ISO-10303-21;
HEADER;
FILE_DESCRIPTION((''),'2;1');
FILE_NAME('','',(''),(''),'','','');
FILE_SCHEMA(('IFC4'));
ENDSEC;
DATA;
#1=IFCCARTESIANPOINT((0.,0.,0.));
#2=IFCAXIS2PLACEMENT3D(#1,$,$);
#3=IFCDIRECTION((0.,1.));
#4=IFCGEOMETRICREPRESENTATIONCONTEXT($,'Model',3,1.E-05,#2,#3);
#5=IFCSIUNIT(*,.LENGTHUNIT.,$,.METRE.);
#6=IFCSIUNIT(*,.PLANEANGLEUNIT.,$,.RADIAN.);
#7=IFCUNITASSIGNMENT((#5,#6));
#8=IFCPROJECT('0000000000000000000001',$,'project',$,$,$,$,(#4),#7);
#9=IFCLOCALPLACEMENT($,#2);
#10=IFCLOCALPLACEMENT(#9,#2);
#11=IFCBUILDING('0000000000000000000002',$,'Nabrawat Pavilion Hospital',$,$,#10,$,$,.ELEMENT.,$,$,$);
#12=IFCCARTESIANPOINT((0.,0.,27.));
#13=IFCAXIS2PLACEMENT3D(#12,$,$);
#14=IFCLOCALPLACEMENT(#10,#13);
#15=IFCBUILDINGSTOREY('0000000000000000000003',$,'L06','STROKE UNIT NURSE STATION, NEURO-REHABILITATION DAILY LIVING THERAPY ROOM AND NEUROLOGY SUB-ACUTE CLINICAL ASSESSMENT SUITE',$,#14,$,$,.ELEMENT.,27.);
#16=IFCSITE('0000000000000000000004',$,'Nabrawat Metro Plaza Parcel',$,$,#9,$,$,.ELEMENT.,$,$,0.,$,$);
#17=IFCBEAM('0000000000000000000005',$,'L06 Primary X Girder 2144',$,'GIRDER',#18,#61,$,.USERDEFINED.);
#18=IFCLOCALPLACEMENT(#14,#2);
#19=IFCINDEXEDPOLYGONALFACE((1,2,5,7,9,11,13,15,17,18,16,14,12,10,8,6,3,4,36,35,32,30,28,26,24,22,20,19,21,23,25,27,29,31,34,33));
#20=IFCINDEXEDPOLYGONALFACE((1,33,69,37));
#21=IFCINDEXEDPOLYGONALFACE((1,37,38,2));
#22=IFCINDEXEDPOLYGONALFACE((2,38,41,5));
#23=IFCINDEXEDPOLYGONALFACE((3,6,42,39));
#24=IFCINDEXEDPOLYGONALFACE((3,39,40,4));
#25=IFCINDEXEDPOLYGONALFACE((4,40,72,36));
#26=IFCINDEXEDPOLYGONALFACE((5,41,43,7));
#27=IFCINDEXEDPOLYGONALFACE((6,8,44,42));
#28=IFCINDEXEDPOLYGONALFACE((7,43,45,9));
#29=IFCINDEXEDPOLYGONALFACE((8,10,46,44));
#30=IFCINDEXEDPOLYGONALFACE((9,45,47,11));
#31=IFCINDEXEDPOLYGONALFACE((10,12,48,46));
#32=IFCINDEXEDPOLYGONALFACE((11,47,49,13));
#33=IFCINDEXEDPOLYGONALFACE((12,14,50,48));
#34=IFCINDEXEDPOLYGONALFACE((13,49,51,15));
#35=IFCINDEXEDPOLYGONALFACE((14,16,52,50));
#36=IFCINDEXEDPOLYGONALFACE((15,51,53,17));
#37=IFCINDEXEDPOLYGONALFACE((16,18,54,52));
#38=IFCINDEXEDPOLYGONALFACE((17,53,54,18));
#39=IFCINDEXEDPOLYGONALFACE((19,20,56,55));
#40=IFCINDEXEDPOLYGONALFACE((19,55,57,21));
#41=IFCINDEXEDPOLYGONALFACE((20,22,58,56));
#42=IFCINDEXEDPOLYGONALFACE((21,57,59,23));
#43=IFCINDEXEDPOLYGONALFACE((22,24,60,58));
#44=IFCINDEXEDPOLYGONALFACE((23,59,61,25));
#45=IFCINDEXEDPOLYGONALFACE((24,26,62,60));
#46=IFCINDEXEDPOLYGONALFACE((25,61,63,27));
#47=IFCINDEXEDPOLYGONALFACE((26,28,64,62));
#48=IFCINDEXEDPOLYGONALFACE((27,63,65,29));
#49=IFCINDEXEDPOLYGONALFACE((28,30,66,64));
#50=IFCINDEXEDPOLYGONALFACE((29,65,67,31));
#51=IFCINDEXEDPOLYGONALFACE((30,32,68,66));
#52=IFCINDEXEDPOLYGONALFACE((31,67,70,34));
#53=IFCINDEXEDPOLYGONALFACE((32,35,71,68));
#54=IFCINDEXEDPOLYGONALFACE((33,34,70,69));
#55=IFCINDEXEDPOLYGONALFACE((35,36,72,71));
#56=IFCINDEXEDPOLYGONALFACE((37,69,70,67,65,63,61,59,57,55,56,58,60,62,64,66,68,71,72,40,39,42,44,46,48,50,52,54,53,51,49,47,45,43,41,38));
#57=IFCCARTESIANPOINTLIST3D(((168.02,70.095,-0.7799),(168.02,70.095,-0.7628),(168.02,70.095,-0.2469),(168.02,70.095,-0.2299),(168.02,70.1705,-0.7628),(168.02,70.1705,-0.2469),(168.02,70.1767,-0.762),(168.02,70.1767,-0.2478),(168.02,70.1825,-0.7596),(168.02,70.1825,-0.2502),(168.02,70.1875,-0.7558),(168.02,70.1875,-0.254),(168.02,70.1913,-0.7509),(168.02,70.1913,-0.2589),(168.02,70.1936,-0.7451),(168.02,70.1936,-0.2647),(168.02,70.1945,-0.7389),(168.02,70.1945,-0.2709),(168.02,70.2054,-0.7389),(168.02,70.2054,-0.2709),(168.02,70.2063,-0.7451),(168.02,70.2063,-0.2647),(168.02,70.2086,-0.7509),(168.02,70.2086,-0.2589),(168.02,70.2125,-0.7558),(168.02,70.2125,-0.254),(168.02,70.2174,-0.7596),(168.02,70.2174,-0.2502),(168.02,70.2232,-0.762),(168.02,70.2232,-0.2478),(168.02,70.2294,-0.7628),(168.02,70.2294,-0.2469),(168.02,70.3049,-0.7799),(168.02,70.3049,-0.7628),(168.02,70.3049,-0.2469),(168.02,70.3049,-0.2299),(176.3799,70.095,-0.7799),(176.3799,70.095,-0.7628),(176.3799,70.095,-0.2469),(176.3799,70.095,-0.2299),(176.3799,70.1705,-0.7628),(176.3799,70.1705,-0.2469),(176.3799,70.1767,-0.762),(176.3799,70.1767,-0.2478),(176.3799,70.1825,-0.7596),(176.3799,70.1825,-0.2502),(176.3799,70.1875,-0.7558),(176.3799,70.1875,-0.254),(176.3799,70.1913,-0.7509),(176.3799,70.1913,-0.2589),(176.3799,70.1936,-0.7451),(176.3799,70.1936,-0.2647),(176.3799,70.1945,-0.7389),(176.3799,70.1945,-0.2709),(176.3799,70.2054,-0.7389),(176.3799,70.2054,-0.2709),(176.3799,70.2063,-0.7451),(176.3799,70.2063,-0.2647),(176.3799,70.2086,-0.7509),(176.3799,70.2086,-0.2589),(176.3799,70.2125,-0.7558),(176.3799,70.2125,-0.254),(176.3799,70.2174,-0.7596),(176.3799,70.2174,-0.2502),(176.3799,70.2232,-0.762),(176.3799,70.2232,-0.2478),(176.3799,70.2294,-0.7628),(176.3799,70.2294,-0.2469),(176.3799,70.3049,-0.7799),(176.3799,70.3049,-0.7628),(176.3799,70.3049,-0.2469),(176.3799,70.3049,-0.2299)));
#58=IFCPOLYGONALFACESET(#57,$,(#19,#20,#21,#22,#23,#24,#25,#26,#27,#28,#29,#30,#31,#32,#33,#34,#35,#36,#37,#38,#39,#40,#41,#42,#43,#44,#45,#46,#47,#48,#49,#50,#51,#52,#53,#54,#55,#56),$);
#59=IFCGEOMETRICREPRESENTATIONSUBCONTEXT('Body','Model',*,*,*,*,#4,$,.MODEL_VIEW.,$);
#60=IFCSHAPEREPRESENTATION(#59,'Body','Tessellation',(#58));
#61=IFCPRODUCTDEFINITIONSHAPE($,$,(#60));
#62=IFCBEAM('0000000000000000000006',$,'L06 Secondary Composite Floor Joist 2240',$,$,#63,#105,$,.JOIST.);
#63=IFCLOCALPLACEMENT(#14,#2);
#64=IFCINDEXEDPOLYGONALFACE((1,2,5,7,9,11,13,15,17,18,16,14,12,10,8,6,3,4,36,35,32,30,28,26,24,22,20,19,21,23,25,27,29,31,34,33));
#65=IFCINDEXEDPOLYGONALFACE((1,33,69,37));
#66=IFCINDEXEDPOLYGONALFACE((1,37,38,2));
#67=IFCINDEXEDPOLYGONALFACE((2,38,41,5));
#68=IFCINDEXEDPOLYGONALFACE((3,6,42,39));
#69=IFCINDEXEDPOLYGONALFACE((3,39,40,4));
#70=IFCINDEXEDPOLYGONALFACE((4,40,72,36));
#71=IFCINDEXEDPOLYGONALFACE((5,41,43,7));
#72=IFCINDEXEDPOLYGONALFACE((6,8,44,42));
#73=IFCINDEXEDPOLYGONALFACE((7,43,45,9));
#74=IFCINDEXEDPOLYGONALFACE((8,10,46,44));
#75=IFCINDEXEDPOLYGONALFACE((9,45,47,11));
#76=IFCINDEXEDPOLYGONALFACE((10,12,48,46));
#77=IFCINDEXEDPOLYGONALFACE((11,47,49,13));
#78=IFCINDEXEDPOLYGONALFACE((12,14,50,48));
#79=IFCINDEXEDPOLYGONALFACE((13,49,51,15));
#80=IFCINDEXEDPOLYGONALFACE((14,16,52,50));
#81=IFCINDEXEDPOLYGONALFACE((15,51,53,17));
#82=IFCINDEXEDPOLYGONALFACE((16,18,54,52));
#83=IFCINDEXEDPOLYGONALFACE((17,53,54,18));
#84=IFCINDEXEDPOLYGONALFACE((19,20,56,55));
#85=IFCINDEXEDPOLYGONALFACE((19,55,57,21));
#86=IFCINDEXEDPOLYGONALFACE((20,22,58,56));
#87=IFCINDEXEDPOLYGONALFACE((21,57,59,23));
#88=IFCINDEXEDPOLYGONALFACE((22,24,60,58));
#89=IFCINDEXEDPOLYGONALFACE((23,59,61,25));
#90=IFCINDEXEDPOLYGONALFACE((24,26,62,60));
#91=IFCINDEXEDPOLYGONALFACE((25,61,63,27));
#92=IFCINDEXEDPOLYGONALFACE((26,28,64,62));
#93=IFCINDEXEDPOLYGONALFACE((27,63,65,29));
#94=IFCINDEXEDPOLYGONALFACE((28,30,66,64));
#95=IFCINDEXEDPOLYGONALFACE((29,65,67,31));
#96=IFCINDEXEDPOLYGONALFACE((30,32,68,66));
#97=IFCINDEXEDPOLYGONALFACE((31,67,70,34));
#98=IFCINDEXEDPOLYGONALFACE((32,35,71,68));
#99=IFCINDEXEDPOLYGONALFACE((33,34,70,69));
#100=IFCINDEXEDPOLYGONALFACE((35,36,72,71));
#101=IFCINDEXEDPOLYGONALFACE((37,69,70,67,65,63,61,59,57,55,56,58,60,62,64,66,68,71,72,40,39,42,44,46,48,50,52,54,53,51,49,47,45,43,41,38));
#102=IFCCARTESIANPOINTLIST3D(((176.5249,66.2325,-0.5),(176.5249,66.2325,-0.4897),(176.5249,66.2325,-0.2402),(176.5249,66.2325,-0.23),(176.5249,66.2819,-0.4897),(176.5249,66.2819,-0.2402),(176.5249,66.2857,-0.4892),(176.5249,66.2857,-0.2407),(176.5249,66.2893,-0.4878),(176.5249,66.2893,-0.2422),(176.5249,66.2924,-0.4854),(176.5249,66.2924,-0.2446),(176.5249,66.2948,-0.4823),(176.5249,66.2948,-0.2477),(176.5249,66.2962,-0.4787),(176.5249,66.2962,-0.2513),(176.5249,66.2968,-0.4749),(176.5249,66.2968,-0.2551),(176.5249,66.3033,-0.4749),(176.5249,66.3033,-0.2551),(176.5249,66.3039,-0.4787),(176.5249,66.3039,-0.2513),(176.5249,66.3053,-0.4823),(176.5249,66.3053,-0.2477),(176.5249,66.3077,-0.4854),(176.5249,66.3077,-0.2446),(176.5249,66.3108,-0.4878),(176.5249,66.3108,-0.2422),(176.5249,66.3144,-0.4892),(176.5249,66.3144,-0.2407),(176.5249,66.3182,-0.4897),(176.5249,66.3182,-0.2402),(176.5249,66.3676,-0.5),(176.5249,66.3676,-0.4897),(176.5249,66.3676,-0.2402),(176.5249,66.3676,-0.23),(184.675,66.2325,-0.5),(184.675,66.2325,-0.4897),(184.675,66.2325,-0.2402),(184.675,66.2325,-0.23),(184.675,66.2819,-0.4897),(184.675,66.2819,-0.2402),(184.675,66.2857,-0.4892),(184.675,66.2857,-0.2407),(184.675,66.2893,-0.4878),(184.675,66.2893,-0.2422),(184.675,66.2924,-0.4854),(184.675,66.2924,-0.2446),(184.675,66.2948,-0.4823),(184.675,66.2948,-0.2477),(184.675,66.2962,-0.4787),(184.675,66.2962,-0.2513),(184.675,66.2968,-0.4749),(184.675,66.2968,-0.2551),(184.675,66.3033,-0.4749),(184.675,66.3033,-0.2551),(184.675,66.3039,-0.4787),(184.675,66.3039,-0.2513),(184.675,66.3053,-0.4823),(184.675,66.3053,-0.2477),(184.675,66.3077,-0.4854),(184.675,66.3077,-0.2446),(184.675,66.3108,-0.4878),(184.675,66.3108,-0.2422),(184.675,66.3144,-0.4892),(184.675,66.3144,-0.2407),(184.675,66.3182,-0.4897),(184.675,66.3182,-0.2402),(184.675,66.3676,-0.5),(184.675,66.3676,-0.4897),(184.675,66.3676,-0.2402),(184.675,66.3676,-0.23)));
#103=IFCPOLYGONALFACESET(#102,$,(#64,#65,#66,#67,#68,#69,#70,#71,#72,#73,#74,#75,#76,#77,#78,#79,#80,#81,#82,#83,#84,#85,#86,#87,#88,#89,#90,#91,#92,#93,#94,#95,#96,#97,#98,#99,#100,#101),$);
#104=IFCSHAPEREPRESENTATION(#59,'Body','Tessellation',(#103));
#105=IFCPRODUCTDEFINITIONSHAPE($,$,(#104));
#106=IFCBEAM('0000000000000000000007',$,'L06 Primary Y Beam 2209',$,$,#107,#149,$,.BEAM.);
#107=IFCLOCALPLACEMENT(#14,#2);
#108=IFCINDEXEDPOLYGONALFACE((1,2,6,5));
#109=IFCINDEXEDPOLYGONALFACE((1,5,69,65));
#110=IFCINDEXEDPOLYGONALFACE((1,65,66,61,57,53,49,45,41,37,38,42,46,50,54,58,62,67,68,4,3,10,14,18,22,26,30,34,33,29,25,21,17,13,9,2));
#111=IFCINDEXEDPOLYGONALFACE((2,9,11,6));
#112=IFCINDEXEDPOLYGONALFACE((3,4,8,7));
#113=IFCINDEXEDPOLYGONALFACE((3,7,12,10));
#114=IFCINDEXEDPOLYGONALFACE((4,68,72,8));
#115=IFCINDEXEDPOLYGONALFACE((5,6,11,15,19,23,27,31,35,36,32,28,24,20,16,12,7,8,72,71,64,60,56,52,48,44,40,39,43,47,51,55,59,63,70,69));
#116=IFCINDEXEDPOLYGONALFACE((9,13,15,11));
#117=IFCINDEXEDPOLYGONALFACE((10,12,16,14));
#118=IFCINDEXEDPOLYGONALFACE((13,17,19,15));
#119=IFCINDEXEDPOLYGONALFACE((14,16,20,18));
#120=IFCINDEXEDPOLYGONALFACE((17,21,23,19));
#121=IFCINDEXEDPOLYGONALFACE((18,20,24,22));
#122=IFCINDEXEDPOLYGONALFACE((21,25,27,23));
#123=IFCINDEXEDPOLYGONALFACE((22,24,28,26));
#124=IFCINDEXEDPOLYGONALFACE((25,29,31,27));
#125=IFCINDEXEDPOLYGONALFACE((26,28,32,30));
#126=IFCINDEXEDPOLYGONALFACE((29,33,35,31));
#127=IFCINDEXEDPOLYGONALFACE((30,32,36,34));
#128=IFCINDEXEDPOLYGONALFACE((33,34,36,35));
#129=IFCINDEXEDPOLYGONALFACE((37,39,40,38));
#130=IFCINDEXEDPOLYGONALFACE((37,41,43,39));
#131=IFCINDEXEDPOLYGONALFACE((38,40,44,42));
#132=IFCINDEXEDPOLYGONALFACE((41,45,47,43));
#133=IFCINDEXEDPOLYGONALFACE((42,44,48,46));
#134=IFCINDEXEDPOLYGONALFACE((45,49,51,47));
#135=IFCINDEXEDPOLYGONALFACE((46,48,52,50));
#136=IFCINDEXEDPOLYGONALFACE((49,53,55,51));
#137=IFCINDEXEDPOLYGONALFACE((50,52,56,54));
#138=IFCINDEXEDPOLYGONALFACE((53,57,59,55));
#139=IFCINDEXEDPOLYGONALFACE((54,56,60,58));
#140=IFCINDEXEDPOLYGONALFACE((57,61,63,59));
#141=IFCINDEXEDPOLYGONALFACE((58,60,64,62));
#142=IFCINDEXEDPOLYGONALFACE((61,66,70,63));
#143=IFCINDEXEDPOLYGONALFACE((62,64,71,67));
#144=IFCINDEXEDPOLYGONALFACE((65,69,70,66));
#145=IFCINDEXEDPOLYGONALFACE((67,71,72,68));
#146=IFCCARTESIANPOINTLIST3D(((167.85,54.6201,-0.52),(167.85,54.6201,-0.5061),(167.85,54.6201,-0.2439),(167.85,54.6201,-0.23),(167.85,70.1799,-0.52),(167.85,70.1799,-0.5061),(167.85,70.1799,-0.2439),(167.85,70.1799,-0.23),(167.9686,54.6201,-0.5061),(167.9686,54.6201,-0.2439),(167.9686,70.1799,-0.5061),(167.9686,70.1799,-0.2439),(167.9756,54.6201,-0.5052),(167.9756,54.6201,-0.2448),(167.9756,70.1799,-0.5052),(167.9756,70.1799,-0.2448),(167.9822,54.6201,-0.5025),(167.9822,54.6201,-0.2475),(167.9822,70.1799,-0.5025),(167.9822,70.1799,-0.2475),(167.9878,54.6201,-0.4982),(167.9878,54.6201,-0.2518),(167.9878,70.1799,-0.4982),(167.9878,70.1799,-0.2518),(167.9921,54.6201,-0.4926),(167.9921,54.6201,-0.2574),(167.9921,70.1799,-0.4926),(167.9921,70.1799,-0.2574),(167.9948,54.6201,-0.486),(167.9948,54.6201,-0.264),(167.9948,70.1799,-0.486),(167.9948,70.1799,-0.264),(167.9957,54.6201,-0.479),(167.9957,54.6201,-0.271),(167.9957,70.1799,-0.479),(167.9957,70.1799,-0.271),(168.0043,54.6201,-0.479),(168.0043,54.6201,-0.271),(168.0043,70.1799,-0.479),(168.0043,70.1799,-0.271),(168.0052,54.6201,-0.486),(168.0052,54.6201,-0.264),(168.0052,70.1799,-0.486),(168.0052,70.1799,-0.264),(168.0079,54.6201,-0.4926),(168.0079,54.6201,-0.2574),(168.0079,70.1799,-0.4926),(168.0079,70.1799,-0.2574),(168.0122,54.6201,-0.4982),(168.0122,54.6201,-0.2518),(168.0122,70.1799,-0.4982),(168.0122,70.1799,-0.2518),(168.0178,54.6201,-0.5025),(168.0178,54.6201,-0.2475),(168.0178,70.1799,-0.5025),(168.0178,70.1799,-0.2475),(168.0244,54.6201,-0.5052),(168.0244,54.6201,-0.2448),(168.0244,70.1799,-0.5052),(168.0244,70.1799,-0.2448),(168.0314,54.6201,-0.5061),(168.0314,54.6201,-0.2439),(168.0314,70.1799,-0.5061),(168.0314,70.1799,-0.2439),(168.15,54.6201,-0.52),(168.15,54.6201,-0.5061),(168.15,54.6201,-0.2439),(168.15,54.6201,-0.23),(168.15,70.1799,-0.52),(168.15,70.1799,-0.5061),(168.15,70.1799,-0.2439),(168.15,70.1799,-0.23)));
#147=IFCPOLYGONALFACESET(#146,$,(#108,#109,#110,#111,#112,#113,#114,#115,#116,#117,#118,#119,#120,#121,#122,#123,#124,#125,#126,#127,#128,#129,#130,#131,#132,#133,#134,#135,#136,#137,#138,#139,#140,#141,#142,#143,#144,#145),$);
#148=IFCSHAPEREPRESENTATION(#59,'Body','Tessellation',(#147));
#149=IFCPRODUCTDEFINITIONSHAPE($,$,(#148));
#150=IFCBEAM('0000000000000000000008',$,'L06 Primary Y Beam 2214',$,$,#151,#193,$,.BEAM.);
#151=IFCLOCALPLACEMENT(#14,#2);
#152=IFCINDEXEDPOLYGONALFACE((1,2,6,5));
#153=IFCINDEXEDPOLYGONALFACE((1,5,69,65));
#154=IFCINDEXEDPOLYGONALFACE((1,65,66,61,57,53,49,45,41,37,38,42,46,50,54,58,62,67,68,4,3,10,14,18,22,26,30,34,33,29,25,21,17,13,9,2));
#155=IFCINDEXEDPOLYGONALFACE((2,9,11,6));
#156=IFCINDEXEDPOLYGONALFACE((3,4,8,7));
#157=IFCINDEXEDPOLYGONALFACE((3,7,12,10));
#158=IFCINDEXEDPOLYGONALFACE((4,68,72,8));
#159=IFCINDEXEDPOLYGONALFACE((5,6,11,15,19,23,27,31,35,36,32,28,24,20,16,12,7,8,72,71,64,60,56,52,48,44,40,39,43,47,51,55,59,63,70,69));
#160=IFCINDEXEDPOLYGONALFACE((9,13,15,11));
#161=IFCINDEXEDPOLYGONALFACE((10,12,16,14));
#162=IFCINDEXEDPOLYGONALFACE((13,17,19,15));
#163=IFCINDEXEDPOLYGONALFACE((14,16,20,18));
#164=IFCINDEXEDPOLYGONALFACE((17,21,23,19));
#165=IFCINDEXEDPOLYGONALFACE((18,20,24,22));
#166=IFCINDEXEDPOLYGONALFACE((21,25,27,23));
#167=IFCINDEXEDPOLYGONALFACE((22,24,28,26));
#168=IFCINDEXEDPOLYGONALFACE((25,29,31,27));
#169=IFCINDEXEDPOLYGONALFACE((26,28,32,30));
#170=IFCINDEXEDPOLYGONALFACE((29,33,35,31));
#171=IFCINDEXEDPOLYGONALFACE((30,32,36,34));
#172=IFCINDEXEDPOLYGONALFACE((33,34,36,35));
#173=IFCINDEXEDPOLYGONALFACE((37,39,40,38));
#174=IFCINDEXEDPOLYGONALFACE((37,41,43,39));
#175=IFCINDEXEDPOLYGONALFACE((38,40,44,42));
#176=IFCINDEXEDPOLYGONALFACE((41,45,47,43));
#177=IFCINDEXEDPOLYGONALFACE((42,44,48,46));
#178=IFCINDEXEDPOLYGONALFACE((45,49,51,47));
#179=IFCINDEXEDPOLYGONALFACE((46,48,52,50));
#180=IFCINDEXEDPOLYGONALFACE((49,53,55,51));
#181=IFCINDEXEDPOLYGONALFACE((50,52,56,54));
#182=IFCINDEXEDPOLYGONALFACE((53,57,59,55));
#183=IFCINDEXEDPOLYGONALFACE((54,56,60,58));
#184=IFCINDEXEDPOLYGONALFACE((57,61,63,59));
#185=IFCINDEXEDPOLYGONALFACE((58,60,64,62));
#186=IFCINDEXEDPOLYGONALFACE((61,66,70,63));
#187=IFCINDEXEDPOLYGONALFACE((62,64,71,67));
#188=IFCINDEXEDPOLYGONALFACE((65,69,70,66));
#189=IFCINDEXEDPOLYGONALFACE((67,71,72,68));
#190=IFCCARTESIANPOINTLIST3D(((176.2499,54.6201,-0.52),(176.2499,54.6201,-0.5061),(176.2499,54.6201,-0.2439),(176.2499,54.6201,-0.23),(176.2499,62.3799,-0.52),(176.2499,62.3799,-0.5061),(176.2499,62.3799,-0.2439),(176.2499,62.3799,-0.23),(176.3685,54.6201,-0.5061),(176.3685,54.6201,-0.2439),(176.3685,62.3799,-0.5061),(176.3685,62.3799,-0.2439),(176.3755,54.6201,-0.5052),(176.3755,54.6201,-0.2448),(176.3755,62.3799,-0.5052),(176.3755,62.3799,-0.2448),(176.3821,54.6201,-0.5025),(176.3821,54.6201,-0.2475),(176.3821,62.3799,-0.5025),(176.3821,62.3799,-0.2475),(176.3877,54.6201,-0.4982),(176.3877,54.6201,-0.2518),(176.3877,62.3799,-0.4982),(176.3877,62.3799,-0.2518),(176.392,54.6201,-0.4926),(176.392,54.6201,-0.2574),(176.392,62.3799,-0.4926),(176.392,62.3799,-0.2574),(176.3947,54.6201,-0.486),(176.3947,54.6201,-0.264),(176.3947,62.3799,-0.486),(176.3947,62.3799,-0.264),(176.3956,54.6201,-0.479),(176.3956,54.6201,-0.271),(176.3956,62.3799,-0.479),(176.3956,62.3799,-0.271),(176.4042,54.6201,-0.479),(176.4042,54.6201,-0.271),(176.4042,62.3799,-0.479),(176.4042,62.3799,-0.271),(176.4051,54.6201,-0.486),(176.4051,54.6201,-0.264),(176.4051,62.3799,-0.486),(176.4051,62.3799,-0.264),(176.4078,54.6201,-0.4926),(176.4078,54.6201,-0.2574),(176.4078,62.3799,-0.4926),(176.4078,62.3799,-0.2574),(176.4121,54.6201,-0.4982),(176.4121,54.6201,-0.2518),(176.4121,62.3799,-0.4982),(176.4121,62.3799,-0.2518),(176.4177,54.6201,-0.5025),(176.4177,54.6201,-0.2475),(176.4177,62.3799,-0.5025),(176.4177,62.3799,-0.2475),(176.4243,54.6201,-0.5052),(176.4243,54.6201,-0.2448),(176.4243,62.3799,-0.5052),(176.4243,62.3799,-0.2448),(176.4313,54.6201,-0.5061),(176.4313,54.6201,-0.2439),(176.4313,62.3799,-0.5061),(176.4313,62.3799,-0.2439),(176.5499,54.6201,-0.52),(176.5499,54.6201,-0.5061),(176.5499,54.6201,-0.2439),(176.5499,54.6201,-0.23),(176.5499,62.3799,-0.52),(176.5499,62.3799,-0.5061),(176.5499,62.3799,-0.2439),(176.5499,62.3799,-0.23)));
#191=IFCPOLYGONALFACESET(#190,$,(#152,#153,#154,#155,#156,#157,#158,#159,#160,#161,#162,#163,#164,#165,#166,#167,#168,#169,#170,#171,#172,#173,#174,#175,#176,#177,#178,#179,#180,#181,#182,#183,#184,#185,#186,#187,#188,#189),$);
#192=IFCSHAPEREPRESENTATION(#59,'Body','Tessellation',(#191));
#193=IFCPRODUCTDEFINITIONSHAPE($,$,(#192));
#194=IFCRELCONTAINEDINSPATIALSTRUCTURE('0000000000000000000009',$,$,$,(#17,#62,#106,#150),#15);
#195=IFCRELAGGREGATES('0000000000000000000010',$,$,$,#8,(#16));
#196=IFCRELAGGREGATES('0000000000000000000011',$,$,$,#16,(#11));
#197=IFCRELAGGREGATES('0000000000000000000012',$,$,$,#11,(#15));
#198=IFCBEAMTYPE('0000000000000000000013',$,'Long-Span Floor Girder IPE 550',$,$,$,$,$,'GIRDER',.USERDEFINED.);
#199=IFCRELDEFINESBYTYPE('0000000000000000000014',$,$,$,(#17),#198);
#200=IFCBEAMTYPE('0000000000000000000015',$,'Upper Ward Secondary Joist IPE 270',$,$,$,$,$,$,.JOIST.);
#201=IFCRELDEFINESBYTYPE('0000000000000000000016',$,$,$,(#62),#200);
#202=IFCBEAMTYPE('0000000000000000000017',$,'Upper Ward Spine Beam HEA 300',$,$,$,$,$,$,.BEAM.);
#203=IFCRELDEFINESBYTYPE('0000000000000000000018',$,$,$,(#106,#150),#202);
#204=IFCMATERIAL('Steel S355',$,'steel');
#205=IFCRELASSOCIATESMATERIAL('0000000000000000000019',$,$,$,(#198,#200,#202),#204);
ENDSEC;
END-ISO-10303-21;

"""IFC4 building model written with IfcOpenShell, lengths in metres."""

from ifc_helpers import new_model, si_unit, direction, frame, origin, origin_2d, place, context, subcontext, project, spatial, i_section, extrude, material, material_profile, profile_set, type_object, element, save


model = new_model("IFC4")

# Units and contexts
model_context = context("Model", 3, precision=1e-05, world=origin(), true_north=direction((0.0, 1.0)))
body_context = subcontext(model_context, "Body", "Model", "MODEL_VIEW")
ifc_project = project(units=[si_unit("LENGTHUNIT", "METRE"), si_unit("PLANEANGLEUNIT", "RADIAN")], contexts=[model_context])

# Site, building, storey
site_placement = place(None, origin())
site = spatial("IfcSite", under=ifc_project, at=site_placement, Name="Nabrawat Metro Plaza Parcel", CompositionType="ELEMENT", RefElevation=0.0)
building_placement = place(site_placement, origin())
building = spatial("IfcBuilding", under=site, at=building_placement, Name="Nabrawat Pavilion Hospital", CompositionType="ELEMENT")
storey_placement = place(building_placement, frame((0.0, 0.0, 27.0)))
storey = spatial("IfcBuildingStorey", under=building, at=storey_placement, Name="L06", Description="STROKE UNIT NURSE STATION, NEURO-REHABILITATION DAILY LIVING THERAPY ROOM AND NEUROLOGY SUB-ACUTE CLINICAL ASSESSMENT SUITE", CompositionType="ELEMENT", Elevation=27.0)

# Shared definitions
ifc_material_1 = material(Name="Steel S355", Category="steel")

# Beams
ifc_material_profile_1 = material_profile(ifc_material_1, i_section(OverallWidth=0.21, OverallDepth=0.55, WebThickness=0.011, FlangeThickness=0.0171, FilletRadius=0.0239, at=origin_2d()), Name="IPE 550")
ifc_profile_set_1 = profile_set([ifc_material_profile_1], Name="Steel S355")
beam_type_1 = type_object("IfcBeamType", Name="Long-Span Floor Girder IPE 550", ElementType="GIRDER", PredefinedType="USERDEFINED", material=ifc_profile_set_1)
beam_1_placement = place(storey_placement, frame((168.02, 70.2, -0.5049), z_axis=(1.0, 0.0, 0.0), x_axis=(0.0, 1.0, 0.0)))
element("IfcBeam", 1, at=beam_1_placement, inside=storey, type_object=beam_type_1, Name="L06 Primary X Girder 2144", ObjectType="GIRDER", PredefinedType="USERDEFINED", context=body_context, shape_type="SweptSolid", body=[
    extrude(i_section(OverallWidth=0.21, OverallDepth=0.55, WebThickness=0.011, FlangeThickness=0.0171, FilletRadius=0.0239, at=origin_2d()), origin(), (0.0, 0.0, 1.0), 8.3599),
])
ifc_material_profile_2 = material_profile(ifc_material_1, i_section(OverallWidth=0.135, OverallDepth=0.27, WebThickness=0.0066, FlangeThickness=0.0103, FilletRadius=0.0149, at=origin_2d()), Name="IPE 270")
ifc_profile_set_2 = profile_set([ifc_material_profile_2], Name="Steel S355")
beam_type_2 = type_object("IfcBeamType", Name="Upper Ward Secondary Joist IPE 270", PredefinedType="JOIST", material=ifc_profile_set_2)
beam_2_placement = place(storey_placement, frame((176.5249, 66.3, -0.365), z_axis=(1.0, 0.0, 0.0), x_axis=(0.0, 1.0, 0.0)))
element("IfcBeam", 2, at=beam_2_placement, inside=storey, type_object=beam_type_2, Name="L06 Secondary Composite Floor Joist 2240", PredefinedType="JOIST", context=body_context, shape_type="SweptSolid", body=[
    extrude(i_section(OverallWidth=0.135, OverallDepth=0.27, WebThickness=0.0066, FlangeThickness=0.0103, FilletRadius=0.0149, at=origin_2d()), origin(), (0.0, 0.0, 1.0), 8.1501),
])
ifc_material_profile_3 = material_profile(ifc_material_1, i_section(OverallWidth=0.3, OverallDepth=0.29, WebThickness=0.0085, FlangeThickness=0.0139, FilletRadius=0.0271, at=origin_2d()), Name="HEA 300")
ifc_profile_set_3 = profile_set([ifc_material_profile_3], Name="Steel S355")
beam_type_3 = type_object("IfcBeamType", Name="Upper Ward Spine Beam HEA 300", PredefinedType="BEAM", material=ifc_profile_set_3)
beam_3_placement = place(storey_placement, frame((168.0, 54.6201, -0.375), z_axis=(0.0, 1.0, 0.0), x_axis=(-1.0, 0.0, 0.0)))
element("IfcBeam", 3, at=beam_3_placement, inside=storey, type_object=beam_type_3, Name="L06 Primary Y Beam 2209", PredefinedType="BEAM", context=body_context, shape_type="SweptSolid", body=[
    extrude(i_section(OverallWidth=0.3, OverallDepth=0.29, WebThickness=0.0085, FlangeThickness=0.0139, FilletRadius=0.0271, at=origin_2d()), origin(), (0.0, 0.0, 1.0), 15.5598),
])
beam_4_placement = place(storey_placement, frame((176.3999, 54.6201, -0.375), z_axis=(0.0, 1.0, 0.0), x_axis=(-1.0, 0.0, 0.0)))
element("IfcBeam", 4, at=beam_4_placement, inside=storey, type_object=beam_type_3, Name="L06 Primary Y Beam 2214", PredefinedType="BEAM", context=body_context, shape_type="SweptSolid", body=[
    extrude(i_section(OverallWidth=0.3, OverallDepth=0.29, WebThickness=0.0085, FlangeThickness=0.0139, FilletRadius=0.0271, at=origin_2d()), origin(), (0.0, 0.0, 1.0), 7.7598),
])

save(model, "model.ifc")
